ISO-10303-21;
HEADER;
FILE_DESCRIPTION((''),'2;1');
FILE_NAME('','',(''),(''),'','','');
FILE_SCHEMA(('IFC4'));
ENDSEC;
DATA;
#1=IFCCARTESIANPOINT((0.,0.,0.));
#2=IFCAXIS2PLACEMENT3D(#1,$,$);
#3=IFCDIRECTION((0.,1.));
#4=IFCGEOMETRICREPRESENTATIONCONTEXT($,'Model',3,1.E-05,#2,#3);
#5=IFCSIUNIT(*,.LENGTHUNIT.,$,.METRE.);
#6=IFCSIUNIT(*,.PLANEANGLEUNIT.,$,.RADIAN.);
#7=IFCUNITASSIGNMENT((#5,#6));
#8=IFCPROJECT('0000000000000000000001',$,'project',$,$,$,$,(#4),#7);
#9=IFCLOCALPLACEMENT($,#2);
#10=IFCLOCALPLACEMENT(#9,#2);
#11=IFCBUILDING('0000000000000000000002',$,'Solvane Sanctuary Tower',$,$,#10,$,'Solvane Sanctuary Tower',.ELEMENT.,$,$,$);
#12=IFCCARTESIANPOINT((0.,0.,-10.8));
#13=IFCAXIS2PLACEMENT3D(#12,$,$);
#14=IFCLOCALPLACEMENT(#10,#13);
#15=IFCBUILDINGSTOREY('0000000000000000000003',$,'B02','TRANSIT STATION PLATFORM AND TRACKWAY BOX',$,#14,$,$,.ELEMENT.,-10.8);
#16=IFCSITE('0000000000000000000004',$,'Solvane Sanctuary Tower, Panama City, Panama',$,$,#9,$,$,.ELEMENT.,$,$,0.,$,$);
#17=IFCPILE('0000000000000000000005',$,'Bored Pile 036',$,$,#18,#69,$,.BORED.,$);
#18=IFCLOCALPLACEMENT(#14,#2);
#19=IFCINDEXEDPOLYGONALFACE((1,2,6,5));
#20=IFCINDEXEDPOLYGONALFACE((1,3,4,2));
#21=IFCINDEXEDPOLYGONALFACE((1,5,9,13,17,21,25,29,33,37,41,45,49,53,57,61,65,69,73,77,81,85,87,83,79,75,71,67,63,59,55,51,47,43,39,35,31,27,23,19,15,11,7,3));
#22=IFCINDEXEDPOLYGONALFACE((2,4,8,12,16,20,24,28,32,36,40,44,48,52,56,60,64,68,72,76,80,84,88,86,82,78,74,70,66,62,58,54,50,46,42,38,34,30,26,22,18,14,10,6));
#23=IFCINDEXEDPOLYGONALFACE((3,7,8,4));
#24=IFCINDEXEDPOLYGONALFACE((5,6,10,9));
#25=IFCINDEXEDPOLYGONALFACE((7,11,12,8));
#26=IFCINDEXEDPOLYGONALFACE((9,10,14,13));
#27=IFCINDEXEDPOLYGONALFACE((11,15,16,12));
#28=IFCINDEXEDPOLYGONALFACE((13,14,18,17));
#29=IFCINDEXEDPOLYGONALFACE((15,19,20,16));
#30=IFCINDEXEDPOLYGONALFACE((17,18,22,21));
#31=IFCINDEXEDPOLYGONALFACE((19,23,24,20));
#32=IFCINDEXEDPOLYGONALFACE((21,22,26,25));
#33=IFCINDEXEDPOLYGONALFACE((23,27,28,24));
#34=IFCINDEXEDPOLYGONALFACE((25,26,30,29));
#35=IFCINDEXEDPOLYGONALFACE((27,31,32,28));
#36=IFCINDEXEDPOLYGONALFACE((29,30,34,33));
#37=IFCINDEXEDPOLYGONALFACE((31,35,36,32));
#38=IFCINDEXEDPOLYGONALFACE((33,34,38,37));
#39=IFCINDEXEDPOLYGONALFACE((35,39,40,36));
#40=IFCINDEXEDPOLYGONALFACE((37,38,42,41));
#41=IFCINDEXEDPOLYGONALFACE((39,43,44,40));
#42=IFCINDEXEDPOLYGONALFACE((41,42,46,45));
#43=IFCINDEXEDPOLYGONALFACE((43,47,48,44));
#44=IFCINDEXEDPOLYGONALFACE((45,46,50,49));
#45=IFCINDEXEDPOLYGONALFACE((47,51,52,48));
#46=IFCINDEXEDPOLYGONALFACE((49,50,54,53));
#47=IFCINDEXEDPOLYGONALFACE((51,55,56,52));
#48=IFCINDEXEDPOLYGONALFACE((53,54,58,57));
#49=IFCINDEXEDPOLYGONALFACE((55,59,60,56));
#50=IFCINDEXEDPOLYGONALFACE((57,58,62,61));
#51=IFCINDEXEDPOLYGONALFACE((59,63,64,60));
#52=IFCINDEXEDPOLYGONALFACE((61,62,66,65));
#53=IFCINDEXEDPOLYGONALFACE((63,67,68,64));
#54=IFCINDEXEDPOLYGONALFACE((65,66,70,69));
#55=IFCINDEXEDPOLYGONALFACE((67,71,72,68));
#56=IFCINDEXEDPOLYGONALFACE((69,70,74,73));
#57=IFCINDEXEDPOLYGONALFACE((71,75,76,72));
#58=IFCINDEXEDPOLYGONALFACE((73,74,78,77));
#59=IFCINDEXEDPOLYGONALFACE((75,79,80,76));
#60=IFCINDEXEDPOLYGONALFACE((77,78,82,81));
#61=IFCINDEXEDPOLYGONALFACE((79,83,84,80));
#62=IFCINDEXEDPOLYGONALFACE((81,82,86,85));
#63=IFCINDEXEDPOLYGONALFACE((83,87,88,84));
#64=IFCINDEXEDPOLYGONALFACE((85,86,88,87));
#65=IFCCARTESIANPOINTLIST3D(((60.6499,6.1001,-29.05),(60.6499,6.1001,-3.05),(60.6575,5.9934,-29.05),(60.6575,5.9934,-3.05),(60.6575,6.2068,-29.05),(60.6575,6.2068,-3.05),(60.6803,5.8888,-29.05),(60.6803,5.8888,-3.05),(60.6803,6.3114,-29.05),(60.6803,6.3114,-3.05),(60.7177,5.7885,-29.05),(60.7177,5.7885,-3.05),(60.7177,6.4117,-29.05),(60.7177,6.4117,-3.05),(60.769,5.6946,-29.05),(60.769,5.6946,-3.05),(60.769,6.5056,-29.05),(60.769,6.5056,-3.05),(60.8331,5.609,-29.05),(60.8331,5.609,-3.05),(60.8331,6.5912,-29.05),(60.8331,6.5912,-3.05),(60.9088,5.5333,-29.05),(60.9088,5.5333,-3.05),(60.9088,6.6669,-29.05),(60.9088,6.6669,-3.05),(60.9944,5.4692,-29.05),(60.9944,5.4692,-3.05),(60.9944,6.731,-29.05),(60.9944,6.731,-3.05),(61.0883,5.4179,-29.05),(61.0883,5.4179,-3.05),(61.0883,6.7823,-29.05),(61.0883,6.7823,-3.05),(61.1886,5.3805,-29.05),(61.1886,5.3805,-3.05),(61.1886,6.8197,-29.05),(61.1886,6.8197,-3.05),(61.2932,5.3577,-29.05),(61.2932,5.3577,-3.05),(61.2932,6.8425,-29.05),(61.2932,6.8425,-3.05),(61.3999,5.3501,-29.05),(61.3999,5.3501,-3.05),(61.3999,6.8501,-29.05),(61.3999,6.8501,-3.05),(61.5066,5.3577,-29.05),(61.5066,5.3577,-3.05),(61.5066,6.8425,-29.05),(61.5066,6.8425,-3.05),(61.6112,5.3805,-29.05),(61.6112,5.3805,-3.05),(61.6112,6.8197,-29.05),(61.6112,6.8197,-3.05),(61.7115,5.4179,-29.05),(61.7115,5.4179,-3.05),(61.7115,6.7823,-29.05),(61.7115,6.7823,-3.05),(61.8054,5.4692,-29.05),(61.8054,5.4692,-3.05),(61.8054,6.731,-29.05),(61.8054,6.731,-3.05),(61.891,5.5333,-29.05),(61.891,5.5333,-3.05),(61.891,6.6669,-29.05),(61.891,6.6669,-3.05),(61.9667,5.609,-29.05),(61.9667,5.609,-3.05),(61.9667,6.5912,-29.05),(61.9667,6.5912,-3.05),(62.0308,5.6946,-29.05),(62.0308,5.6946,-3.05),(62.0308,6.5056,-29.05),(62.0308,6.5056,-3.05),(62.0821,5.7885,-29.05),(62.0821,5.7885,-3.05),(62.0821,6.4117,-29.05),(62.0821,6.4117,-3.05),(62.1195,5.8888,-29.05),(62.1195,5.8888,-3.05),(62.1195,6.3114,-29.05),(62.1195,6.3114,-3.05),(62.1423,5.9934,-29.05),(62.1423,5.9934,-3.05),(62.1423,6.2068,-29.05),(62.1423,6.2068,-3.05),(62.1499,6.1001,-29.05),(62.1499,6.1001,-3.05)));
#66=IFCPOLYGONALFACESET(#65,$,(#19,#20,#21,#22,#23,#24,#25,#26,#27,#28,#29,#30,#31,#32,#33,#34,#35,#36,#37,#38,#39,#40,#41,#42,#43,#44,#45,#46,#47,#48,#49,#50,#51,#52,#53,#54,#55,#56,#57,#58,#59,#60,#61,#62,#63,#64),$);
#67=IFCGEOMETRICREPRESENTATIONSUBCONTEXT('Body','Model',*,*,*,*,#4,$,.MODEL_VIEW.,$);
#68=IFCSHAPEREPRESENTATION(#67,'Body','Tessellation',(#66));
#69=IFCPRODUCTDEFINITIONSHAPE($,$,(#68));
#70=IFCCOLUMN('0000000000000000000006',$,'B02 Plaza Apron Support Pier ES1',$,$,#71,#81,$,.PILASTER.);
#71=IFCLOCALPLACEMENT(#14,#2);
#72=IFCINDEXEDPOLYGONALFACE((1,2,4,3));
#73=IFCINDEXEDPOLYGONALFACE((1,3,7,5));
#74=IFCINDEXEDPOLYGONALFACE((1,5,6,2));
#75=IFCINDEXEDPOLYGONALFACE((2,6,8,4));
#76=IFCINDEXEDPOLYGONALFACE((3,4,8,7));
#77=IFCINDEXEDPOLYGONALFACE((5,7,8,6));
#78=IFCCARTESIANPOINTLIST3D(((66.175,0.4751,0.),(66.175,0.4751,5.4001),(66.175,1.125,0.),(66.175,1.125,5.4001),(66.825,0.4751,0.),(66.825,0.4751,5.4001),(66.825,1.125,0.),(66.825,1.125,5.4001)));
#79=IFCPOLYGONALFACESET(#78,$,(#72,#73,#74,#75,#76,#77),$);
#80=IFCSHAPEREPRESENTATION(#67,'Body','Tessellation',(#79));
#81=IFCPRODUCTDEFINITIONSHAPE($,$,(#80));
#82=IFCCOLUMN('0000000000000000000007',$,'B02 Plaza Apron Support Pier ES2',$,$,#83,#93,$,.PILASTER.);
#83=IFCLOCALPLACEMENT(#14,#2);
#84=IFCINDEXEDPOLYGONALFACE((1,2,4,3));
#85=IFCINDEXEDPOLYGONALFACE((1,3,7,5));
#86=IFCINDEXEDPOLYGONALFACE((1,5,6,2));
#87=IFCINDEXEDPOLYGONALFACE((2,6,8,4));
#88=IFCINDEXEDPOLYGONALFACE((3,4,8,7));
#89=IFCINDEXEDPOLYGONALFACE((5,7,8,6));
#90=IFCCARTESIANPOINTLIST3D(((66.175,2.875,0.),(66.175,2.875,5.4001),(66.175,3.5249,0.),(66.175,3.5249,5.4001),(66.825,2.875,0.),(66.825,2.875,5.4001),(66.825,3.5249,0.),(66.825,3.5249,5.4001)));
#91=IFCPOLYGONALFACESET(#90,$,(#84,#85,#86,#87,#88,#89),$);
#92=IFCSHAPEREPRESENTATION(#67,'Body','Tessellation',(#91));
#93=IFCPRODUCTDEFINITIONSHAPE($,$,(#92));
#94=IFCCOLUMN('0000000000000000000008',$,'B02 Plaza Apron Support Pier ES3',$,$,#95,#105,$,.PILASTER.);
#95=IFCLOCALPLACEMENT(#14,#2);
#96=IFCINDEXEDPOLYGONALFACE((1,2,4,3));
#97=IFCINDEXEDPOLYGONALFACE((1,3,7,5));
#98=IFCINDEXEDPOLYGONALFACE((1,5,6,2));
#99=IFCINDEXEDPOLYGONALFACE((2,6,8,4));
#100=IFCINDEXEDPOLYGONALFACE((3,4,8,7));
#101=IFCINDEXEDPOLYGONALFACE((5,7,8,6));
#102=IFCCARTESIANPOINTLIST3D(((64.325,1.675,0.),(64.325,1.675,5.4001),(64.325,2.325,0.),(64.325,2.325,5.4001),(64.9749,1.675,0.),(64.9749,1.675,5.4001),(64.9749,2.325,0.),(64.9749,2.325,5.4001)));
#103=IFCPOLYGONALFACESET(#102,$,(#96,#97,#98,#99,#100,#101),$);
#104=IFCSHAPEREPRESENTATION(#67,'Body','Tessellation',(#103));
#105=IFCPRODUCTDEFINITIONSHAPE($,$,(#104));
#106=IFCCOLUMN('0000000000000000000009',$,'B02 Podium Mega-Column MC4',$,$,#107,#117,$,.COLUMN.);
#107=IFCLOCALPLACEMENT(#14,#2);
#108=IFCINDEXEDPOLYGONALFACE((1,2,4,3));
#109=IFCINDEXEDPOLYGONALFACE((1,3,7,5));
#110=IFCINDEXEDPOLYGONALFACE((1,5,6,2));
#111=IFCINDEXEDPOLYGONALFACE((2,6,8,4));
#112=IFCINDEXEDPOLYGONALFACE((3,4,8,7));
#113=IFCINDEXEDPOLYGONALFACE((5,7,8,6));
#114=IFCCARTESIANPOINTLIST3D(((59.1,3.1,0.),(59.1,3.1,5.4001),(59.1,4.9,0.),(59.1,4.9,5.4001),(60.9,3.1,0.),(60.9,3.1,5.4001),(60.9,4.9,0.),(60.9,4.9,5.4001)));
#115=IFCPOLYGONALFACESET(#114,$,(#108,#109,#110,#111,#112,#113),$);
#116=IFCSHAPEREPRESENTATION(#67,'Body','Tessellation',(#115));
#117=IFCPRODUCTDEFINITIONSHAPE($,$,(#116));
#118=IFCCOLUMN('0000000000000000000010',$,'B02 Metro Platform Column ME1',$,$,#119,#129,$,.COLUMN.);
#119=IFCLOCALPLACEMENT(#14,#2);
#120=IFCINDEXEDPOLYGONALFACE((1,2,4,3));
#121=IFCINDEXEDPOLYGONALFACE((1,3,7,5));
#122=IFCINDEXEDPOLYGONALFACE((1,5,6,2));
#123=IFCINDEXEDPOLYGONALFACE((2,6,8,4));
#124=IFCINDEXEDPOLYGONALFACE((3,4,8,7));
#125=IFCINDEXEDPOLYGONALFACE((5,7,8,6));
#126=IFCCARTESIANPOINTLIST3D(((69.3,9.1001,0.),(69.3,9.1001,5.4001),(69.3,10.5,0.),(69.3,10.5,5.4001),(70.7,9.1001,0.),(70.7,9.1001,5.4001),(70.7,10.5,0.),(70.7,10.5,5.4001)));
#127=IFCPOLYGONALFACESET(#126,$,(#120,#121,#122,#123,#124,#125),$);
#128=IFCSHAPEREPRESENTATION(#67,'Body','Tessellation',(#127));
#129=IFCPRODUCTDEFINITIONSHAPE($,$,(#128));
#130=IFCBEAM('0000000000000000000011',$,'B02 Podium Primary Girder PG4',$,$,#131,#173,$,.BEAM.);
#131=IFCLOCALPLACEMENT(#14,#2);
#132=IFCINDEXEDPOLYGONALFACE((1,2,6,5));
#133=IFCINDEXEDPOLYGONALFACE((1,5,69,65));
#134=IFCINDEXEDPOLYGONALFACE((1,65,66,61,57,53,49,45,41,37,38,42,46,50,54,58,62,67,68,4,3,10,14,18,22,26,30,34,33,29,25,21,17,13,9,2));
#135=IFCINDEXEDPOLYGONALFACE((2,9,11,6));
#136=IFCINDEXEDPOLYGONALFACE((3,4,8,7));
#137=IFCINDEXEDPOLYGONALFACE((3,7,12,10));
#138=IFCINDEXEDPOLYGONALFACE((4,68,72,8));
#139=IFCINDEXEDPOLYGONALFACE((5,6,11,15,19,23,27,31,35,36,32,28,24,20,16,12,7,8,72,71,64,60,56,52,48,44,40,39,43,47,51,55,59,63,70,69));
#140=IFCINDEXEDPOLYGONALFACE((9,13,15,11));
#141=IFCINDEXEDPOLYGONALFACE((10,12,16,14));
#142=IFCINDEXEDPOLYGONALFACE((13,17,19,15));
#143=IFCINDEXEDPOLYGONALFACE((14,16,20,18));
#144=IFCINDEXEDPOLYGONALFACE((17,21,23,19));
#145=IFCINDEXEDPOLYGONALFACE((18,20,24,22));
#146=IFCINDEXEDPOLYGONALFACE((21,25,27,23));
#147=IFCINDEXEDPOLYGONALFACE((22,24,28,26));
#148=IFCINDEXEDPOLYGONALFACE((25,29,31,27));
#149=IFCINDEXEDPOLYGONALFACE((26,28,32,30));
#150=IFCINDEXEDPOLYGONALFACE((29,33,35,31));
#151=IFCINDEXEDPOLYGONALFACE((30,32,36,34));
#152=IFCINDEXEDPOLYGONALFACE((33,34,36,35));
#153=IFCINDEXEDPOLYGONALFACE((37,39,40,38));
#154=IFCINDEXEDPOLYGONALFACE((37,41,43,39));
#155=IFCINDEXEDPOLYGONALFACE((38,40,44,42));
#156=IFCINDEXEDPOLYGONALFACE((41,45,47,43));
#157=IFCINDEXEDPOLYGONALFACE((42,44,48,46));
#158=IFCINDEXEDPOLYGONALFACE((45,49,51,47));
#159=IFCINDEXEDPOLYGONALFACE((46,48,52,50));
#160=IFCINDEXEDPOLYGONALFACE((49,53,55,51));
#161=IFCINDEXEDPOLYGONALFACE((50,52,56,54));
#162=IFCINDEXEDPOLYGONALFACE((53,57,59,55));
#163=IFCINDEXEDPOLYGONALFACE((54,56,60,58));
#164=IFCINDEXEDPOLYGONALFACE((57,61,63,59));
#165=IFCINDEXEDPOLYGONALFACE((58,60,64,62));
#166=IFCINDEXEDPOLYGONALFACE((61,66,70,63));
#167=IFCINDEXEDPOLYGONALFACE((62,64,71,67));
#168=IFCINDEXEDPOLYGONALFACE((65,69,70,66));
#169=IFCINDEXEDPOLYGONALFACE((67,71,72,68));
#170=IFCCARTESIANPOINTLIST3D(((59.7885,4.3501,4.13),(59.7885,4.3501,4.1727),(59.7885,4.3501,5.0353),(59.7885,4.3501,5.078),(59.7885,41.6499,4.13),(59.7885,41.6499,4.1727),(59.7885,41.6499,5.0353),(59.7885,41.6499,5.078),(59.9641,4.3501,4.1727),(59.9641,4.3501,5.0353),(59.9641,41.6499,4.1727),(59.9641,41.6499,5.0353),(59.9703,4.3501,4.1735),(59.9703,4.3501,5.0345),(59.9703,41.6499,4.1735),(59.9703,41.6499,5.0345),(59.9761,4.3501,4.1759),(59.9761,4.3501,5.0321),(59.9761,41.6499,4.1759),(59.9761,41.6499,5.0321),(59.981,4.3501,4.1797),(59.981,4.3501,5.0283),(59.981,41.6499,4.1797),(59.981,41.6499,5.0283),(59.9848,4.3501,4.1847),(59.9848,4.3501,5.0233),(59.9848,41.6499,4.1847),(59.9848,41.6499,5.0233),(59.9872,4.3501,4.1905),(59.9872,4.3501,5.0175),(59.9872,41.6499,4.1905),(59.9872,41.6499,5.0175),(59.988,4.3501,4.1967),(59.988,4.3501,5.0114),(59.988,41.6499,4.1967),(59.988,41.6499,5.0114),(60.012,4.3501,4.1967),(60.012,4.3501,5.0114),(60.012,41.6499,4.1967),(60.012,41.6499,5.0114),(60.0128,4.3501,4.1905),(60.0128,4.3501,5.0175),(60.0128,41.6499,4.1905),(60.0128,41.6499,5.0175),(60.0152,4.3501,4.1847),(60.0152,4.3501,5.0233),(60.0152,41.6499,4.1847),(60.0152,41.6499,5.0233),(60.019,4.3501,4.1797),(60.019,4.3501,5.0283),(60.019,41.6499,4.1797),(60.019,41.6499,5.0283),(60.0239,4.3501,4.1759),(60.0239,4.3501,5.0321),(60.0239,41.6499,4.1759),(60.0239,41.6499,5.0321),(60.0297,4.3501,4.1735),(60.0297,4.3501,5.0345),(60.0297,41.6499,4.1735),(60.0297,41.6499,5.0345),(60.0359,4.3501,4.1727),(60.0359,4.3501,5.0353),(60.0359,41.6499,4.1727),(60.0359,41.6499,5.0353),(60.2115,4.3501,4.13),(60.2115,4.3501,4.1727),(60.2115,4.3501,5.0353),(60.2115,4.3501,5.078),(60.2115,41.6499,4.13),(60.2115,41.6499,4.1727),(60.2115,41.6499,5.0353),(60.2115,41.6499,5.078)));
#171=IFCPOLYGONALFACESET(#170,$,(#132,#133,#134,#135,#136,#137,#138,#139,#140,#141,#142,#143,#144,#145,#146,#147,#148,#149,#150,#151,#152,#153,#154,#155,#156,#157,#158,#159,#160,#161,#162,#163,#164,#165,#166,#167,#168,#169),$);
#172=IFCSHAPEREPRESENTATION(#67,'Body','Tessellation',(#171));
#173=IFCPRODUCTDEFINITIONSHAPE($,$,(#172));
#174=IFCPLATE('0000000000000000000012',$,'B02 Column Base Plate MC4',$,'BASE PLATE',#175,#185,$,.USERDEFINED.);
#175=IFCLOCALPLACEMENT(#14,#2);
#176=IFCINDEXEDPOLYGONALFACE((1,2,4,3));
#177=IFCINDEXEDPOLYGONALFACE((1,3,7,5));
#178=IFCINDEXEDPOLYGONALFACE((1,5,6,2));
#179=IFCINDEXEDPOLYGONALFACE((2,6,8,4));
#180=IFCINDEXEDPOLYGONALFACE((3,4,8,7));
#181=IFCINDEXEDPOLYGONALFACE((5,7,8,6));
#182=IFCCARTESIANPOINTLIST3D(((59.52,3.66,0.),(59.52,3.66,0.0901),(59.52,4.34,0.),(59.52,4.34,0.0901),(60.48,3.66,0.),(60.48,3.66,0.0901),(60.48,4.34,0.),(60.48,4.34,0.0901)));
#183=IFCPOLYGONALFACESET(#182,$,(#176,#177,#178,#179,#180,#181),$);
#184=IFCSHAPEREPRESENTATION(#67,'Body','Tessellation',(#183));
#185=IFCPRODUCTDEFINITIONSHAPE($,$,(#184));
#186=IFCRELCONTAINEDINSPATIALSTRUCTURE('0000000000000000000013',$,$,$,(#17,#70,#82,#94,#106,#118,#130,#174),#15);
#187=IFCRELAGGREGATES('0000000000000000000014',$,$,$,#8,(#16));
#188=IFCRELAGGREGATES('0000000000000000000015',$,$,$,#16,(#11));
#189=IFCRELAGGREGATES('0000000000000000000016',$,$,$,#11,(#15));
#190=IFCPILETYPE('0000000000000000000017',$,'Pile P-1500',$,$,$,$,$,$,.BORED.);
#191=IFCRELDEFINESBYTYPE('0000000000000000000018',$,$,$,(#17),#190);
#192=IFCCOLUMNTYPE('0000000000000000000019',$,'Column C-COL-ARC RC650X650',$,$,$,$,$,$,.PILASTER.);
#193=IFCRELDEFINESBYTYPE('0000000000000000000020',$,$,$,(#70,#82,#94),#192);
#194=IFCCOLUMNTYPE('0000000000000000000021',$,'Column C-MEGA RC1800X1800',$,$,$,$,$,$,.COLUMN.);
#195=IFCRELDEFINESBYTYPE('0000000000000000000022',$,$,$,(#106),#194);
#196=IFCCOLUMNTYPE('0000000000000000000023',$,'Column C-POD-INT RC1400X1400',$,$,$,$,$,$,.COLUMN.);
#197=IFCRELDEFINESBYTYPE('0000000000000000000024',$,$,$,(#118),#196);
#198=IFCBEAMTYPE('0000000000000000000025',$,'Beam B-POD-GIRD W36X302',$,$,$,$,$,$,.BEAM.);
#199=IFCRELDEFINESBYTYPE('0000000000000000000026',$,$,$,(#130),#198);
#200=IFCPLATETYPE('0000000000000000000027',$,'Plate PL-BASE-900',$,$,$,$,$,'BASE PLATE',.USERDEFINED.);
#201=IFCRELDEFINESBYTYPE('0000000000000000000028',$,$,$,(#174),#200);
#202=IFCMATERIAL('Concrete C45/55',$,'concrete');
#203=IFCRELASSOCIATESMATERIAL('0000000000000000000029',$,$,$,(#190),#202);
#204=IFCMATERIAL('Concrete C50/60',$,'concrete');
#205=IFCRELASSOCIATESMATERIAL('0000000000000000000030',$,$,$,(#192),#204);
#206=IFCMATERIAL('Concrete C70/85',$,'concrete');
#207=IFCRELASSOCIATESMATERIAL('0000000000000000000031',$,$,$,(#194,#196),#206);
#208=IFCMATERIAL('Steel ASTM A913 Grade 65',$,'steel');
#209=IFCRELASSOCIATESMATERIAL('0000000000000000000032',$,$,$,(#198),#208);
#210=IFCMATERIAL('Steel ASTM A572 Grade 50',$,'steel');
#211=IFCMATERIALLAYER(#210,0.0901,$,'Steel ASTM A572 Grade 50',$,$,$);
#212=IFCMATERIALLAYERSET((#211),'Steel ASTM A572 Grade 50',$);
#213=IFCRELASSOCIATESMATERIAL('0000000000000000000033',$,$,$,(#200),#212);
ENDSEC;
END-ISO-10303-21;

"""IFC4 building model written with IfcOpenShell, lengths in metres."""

from ifc_helpers import new_model, si_unit, direction, frame, origin, origin_2d, place, context, subcontext, project, spatial, rectangle, circle, i_section, extrude, material, layer, layer_set, material_profile, profile_set, type_object, element, save


model = new_model("IFC4")

# Units and contexts
model_context = context("Model", 3, precision=1e-05, world=origin(), true_north=direction((0.0, 1.0)))
body_context = subcontext(model_context, "Body", "Model", "MODEL_VIEW")
ifc_project = project(units=[si_unit("LENGTHUNIT", "METRE"), si_unit("PLANEANGLEUNIT", "RADIAN")], contexts=[model_context])

# Site, building, storey
site_placement = place(None, origin())
site = spatial("IfcSite", under=ifc_project, at=site_placement, Name="Solvane Sanctuary Tower, Panama City, Panama", CompositionType="ELEMENT", RefElevation=0.0)
building_placement = place(site_placement, origin())
building = spatial("IfcBuilding", under=site, at=building_placement, Name="Solvane Sanctuary Tower", LongName="Solvane Sanctuary Tower", CompositionType="ELEMENT")
storey_placement = place(building_placement, frame((0.0, 0.0, -10.8)))
storey = spatial("IfcBuildingStorey", under=building, at=storey_placement, Name="B02", Description="TRANSIT STATION PLATFORM AND TRACKWAY BOX", CompositionType="ELEMENT", Elevation=-10.8)

# Shared definitions
ifc_material_1 = material(Name="Concrete C50/60", Category="concrete")

# Pile
ifc_material_2 = material(Name="Concrete C45/55", Category="concrete")
ifc_material_profile_1 = material_profile(ifc_material_2, circle(Radius=0.75, at=origin_2d()), Name="PILE1500")
ifc_profile_set_1 = profile_set([ifc_material_profile_1], Name="Concrete C45/55")
pile_type_1 = type_object("IfcPileType", Name="Pile P-1500", PredefinedType="BORED", material=ifc_profile_set_1)
for number, where, z_axis, x_axis, name in (
    (1, (61.3999, 6.1001, -3.05), (0.0, 0.0, -1.0), (1.0, 0.0, 0.0), "Bored Pile 036"),
):
    element("IfcPile", number, at=place(storey_placement, frame(where, z_axis=z_axis, x_axis=x_axis)), inside=storey, type_object=pile_type_1, Name=name, PredefinedType="BORED", context=body_context, shape_type="SweptSolid", body=[
        extrude(circle(Radius=0.75, at=origin_2d()), origin(), (0.0, 0.0, 1.0), 26.0),
    ])

# Columns
ifc_material_profile_2 = material_profile(ifc_material_1, rectangle(XDim=0.6499, YDim=0.6499, at=origin_2d()), Name="RC650X650")
ifc_profile_set_2 = profile_set([ifc_material_profile_2], Name="Concrete C50/60")
column_type_1 = type_object("IfcColumnType", Name="Column C-COL-ARC RC650X650", PredefinedType="PILASTER", material=ifc_profile_set_2)
for number, where, z_axis, x_axis, name in (
    (2, (66.5, 0.8, 0.0), (0.0, 0.0, 1.0), (1.0, 0.0, 0.0), "B02 Plaza Apron Support Pier ES1"),
    (3, (66.5, 3.2, 0.0), (0.0, 0.0, 1.0), (1.0, 0.0, 0.0), "B02 Plaza Apron Support Pier ES2"),
    (4, (64.6499, 2.0, 0.0), (0.0, 0.0, 1.0), (1.0, 0.0, 0.0), "B02 Plaza Apron Support Pier ES3"),
):
    element("IfcColumn", number, at=place(storey_placement, frame(where, z_axis=z_axis, x_axis=x_axis)), inside=storey, type_object=column_type_1, Name=name, PredefinedType="PILASTER", context=body_context, shape_type="SweptSolid", body=[
        extrude(rectangle(XDim=0.6499, YDim=0.6499, at=origin_2d()), origin(), (0.0, 0.0, 1.0), 5.4001),
    ])
ifc_material_3 = material(Name="Concrete C70/85", Category="concrete")
ifc_material_profile_3 = material_profile(ifc_material_3, rectangle(XDim=1.8, YDim=1.8, at=origin_2d()), Name="RC1800X1800")
ifc_profile_set_3 = profile_set([ifc_material_profile_3], Name="Concrete C70/85")
column_type_2 = type_object("IfcColumnType", Name="Column C-MEGA RC1800X1800", PredefinedType="COLUMN", material=ifc_profile_set_3)
column_1_placement = place(storey_placement, frame((60.0, 4.0, 0.0), z_axis=(0.0, 0.0, 1.0), x_axis=(1.0, 0.0, 0.0)))
element("IfcColumn", 5, at=column_1_placement, inside=storey, type_object=column_type_2, Name="B02 Podium Mega-Column MC4", PredefinedType="COLUMN", context=body_context, shape_type="SweptSolid", body=[
    extrude(rectangle(XDim=1.8, YDim=1.8, at=origin_2d()), origin(), (0.0, 0.0, 1.0), 5.4001),
])
ifc_material_profile_4 = material_profile(ifc_material_3, rectangle(XDim=1.3999, YDim=1.3999, at=origin_2d()), Name="RC1400X1400")
ifc_profile_set_4 = profile_set([ifc_material_profile_4], Name="Concrete C70/85")
column_type_3 = type_object("IfcColumnType", Name="Column C-POD-INT RC1400X1400", PredefinedType="COLUMN", material=ifc_profile_set_4)
column_2_placement = place(storey_placement, frame((70.0, 9.8, 0.0), z_axis=(0.0, 0.0, 1.0), x_axis=(1.0, 0.0, 0.0)))
element("IfcColumn", 6, at=column_2_placement, inside=storey, type_object=column_type_3, Name="B02 Metro Platform Column ME1", PredefinedType="COLUMN", context=body_context, shape_type="SweptSolid", body=[
    extrude(rectangle(XDim=1.3999, YDim=1.3999, at=origin_2d()), origin(), (0.0, 0.0, 1.0), 5.4001),
])

# Beam
ifc_material_4 = material(Name="Steel ASTM A913 Grade 65", Category="steel")
ifc_material_profile_5 = material_profile(ifc_material_4, i_section(OverallWidth=0.4231, OverallDepth=0.948, WebThickness=0.0239, FlangeThickness=0.0427, FilletRadius=0.0239, at=origin_2d()), Name="W36X302")
ifc_profile_set_5 = profile_set([ifc_material_profile_5], Name="Steel ASTM A913 Grade 65")
beam_type = type_object("IfcBeamType", Name="Beam B-POD-GIRD W36X302", PredefinedType="BEAM", material=ifc_profile_set_5)
beam_placement = place(storey_placement, frame((60.0, 4.3501, 4.604), z_axis=(0.0, 1.0, 0.0), x_axis=(-1.0, 0.0, 0.0)))
element("IfcBeam", 7, at=beam_placement, inside=storey, type_object=beam_type, Name="B02 Podium Primary Girder PG4", PredefinedType="BEAM", context=body_context, shape_type="SweptSolid", body=[
    extrude(i_section(OverallWidth=0.4231, OverallDepth=0.948, WebThickness=0.0239, FlangeThickness=0.0427, FilletRadius=0.0239, at=origin_2d()), origin(), (0.0, 0.0, 1.0), 37.2998),
])

# Plate
ifc_material_5 = material(Name="Steel ASTM A572 Grade 50", Category="steel")
ifc_layer_1 = layer(ifc_material_5, 0.0901, Name="Steel ASTM A572 Grade 50")
ifc_layer_set_1 = layer_set([ifc_layer_1], Name="Steel ASTM A572 Grade 50")
plate_type = type_object("IfcPlateType", Name="Plate PL-BASE-900", ElementType="BASE PLATE", PredefinedType="USERDEFINED", material=ifc_layer_set_1)
plate_placement = place(storey_placement, frame((60.0, 4.0, 0.0), z_axis=(0.0, 0.0, 1.0), x_axis=(1.0, 0.0, 0.0)))
element("IfcPlate", 8, at=plate_placement, inside=storey, type_object=plate_type, Name="B02 Column Base Plate MC4", ObjectType="BASE PLATE", PredefinedType="USERDEFINED", context=body_context, shape_type="SweptSolid", body=[
    extrude(rectangle(XDim=0.96, YDim=0.6799, at=origin_2d()), origin(), (0.0, 0.0, 1.0), 0.0901),
])

save(model, "model.ifc")
